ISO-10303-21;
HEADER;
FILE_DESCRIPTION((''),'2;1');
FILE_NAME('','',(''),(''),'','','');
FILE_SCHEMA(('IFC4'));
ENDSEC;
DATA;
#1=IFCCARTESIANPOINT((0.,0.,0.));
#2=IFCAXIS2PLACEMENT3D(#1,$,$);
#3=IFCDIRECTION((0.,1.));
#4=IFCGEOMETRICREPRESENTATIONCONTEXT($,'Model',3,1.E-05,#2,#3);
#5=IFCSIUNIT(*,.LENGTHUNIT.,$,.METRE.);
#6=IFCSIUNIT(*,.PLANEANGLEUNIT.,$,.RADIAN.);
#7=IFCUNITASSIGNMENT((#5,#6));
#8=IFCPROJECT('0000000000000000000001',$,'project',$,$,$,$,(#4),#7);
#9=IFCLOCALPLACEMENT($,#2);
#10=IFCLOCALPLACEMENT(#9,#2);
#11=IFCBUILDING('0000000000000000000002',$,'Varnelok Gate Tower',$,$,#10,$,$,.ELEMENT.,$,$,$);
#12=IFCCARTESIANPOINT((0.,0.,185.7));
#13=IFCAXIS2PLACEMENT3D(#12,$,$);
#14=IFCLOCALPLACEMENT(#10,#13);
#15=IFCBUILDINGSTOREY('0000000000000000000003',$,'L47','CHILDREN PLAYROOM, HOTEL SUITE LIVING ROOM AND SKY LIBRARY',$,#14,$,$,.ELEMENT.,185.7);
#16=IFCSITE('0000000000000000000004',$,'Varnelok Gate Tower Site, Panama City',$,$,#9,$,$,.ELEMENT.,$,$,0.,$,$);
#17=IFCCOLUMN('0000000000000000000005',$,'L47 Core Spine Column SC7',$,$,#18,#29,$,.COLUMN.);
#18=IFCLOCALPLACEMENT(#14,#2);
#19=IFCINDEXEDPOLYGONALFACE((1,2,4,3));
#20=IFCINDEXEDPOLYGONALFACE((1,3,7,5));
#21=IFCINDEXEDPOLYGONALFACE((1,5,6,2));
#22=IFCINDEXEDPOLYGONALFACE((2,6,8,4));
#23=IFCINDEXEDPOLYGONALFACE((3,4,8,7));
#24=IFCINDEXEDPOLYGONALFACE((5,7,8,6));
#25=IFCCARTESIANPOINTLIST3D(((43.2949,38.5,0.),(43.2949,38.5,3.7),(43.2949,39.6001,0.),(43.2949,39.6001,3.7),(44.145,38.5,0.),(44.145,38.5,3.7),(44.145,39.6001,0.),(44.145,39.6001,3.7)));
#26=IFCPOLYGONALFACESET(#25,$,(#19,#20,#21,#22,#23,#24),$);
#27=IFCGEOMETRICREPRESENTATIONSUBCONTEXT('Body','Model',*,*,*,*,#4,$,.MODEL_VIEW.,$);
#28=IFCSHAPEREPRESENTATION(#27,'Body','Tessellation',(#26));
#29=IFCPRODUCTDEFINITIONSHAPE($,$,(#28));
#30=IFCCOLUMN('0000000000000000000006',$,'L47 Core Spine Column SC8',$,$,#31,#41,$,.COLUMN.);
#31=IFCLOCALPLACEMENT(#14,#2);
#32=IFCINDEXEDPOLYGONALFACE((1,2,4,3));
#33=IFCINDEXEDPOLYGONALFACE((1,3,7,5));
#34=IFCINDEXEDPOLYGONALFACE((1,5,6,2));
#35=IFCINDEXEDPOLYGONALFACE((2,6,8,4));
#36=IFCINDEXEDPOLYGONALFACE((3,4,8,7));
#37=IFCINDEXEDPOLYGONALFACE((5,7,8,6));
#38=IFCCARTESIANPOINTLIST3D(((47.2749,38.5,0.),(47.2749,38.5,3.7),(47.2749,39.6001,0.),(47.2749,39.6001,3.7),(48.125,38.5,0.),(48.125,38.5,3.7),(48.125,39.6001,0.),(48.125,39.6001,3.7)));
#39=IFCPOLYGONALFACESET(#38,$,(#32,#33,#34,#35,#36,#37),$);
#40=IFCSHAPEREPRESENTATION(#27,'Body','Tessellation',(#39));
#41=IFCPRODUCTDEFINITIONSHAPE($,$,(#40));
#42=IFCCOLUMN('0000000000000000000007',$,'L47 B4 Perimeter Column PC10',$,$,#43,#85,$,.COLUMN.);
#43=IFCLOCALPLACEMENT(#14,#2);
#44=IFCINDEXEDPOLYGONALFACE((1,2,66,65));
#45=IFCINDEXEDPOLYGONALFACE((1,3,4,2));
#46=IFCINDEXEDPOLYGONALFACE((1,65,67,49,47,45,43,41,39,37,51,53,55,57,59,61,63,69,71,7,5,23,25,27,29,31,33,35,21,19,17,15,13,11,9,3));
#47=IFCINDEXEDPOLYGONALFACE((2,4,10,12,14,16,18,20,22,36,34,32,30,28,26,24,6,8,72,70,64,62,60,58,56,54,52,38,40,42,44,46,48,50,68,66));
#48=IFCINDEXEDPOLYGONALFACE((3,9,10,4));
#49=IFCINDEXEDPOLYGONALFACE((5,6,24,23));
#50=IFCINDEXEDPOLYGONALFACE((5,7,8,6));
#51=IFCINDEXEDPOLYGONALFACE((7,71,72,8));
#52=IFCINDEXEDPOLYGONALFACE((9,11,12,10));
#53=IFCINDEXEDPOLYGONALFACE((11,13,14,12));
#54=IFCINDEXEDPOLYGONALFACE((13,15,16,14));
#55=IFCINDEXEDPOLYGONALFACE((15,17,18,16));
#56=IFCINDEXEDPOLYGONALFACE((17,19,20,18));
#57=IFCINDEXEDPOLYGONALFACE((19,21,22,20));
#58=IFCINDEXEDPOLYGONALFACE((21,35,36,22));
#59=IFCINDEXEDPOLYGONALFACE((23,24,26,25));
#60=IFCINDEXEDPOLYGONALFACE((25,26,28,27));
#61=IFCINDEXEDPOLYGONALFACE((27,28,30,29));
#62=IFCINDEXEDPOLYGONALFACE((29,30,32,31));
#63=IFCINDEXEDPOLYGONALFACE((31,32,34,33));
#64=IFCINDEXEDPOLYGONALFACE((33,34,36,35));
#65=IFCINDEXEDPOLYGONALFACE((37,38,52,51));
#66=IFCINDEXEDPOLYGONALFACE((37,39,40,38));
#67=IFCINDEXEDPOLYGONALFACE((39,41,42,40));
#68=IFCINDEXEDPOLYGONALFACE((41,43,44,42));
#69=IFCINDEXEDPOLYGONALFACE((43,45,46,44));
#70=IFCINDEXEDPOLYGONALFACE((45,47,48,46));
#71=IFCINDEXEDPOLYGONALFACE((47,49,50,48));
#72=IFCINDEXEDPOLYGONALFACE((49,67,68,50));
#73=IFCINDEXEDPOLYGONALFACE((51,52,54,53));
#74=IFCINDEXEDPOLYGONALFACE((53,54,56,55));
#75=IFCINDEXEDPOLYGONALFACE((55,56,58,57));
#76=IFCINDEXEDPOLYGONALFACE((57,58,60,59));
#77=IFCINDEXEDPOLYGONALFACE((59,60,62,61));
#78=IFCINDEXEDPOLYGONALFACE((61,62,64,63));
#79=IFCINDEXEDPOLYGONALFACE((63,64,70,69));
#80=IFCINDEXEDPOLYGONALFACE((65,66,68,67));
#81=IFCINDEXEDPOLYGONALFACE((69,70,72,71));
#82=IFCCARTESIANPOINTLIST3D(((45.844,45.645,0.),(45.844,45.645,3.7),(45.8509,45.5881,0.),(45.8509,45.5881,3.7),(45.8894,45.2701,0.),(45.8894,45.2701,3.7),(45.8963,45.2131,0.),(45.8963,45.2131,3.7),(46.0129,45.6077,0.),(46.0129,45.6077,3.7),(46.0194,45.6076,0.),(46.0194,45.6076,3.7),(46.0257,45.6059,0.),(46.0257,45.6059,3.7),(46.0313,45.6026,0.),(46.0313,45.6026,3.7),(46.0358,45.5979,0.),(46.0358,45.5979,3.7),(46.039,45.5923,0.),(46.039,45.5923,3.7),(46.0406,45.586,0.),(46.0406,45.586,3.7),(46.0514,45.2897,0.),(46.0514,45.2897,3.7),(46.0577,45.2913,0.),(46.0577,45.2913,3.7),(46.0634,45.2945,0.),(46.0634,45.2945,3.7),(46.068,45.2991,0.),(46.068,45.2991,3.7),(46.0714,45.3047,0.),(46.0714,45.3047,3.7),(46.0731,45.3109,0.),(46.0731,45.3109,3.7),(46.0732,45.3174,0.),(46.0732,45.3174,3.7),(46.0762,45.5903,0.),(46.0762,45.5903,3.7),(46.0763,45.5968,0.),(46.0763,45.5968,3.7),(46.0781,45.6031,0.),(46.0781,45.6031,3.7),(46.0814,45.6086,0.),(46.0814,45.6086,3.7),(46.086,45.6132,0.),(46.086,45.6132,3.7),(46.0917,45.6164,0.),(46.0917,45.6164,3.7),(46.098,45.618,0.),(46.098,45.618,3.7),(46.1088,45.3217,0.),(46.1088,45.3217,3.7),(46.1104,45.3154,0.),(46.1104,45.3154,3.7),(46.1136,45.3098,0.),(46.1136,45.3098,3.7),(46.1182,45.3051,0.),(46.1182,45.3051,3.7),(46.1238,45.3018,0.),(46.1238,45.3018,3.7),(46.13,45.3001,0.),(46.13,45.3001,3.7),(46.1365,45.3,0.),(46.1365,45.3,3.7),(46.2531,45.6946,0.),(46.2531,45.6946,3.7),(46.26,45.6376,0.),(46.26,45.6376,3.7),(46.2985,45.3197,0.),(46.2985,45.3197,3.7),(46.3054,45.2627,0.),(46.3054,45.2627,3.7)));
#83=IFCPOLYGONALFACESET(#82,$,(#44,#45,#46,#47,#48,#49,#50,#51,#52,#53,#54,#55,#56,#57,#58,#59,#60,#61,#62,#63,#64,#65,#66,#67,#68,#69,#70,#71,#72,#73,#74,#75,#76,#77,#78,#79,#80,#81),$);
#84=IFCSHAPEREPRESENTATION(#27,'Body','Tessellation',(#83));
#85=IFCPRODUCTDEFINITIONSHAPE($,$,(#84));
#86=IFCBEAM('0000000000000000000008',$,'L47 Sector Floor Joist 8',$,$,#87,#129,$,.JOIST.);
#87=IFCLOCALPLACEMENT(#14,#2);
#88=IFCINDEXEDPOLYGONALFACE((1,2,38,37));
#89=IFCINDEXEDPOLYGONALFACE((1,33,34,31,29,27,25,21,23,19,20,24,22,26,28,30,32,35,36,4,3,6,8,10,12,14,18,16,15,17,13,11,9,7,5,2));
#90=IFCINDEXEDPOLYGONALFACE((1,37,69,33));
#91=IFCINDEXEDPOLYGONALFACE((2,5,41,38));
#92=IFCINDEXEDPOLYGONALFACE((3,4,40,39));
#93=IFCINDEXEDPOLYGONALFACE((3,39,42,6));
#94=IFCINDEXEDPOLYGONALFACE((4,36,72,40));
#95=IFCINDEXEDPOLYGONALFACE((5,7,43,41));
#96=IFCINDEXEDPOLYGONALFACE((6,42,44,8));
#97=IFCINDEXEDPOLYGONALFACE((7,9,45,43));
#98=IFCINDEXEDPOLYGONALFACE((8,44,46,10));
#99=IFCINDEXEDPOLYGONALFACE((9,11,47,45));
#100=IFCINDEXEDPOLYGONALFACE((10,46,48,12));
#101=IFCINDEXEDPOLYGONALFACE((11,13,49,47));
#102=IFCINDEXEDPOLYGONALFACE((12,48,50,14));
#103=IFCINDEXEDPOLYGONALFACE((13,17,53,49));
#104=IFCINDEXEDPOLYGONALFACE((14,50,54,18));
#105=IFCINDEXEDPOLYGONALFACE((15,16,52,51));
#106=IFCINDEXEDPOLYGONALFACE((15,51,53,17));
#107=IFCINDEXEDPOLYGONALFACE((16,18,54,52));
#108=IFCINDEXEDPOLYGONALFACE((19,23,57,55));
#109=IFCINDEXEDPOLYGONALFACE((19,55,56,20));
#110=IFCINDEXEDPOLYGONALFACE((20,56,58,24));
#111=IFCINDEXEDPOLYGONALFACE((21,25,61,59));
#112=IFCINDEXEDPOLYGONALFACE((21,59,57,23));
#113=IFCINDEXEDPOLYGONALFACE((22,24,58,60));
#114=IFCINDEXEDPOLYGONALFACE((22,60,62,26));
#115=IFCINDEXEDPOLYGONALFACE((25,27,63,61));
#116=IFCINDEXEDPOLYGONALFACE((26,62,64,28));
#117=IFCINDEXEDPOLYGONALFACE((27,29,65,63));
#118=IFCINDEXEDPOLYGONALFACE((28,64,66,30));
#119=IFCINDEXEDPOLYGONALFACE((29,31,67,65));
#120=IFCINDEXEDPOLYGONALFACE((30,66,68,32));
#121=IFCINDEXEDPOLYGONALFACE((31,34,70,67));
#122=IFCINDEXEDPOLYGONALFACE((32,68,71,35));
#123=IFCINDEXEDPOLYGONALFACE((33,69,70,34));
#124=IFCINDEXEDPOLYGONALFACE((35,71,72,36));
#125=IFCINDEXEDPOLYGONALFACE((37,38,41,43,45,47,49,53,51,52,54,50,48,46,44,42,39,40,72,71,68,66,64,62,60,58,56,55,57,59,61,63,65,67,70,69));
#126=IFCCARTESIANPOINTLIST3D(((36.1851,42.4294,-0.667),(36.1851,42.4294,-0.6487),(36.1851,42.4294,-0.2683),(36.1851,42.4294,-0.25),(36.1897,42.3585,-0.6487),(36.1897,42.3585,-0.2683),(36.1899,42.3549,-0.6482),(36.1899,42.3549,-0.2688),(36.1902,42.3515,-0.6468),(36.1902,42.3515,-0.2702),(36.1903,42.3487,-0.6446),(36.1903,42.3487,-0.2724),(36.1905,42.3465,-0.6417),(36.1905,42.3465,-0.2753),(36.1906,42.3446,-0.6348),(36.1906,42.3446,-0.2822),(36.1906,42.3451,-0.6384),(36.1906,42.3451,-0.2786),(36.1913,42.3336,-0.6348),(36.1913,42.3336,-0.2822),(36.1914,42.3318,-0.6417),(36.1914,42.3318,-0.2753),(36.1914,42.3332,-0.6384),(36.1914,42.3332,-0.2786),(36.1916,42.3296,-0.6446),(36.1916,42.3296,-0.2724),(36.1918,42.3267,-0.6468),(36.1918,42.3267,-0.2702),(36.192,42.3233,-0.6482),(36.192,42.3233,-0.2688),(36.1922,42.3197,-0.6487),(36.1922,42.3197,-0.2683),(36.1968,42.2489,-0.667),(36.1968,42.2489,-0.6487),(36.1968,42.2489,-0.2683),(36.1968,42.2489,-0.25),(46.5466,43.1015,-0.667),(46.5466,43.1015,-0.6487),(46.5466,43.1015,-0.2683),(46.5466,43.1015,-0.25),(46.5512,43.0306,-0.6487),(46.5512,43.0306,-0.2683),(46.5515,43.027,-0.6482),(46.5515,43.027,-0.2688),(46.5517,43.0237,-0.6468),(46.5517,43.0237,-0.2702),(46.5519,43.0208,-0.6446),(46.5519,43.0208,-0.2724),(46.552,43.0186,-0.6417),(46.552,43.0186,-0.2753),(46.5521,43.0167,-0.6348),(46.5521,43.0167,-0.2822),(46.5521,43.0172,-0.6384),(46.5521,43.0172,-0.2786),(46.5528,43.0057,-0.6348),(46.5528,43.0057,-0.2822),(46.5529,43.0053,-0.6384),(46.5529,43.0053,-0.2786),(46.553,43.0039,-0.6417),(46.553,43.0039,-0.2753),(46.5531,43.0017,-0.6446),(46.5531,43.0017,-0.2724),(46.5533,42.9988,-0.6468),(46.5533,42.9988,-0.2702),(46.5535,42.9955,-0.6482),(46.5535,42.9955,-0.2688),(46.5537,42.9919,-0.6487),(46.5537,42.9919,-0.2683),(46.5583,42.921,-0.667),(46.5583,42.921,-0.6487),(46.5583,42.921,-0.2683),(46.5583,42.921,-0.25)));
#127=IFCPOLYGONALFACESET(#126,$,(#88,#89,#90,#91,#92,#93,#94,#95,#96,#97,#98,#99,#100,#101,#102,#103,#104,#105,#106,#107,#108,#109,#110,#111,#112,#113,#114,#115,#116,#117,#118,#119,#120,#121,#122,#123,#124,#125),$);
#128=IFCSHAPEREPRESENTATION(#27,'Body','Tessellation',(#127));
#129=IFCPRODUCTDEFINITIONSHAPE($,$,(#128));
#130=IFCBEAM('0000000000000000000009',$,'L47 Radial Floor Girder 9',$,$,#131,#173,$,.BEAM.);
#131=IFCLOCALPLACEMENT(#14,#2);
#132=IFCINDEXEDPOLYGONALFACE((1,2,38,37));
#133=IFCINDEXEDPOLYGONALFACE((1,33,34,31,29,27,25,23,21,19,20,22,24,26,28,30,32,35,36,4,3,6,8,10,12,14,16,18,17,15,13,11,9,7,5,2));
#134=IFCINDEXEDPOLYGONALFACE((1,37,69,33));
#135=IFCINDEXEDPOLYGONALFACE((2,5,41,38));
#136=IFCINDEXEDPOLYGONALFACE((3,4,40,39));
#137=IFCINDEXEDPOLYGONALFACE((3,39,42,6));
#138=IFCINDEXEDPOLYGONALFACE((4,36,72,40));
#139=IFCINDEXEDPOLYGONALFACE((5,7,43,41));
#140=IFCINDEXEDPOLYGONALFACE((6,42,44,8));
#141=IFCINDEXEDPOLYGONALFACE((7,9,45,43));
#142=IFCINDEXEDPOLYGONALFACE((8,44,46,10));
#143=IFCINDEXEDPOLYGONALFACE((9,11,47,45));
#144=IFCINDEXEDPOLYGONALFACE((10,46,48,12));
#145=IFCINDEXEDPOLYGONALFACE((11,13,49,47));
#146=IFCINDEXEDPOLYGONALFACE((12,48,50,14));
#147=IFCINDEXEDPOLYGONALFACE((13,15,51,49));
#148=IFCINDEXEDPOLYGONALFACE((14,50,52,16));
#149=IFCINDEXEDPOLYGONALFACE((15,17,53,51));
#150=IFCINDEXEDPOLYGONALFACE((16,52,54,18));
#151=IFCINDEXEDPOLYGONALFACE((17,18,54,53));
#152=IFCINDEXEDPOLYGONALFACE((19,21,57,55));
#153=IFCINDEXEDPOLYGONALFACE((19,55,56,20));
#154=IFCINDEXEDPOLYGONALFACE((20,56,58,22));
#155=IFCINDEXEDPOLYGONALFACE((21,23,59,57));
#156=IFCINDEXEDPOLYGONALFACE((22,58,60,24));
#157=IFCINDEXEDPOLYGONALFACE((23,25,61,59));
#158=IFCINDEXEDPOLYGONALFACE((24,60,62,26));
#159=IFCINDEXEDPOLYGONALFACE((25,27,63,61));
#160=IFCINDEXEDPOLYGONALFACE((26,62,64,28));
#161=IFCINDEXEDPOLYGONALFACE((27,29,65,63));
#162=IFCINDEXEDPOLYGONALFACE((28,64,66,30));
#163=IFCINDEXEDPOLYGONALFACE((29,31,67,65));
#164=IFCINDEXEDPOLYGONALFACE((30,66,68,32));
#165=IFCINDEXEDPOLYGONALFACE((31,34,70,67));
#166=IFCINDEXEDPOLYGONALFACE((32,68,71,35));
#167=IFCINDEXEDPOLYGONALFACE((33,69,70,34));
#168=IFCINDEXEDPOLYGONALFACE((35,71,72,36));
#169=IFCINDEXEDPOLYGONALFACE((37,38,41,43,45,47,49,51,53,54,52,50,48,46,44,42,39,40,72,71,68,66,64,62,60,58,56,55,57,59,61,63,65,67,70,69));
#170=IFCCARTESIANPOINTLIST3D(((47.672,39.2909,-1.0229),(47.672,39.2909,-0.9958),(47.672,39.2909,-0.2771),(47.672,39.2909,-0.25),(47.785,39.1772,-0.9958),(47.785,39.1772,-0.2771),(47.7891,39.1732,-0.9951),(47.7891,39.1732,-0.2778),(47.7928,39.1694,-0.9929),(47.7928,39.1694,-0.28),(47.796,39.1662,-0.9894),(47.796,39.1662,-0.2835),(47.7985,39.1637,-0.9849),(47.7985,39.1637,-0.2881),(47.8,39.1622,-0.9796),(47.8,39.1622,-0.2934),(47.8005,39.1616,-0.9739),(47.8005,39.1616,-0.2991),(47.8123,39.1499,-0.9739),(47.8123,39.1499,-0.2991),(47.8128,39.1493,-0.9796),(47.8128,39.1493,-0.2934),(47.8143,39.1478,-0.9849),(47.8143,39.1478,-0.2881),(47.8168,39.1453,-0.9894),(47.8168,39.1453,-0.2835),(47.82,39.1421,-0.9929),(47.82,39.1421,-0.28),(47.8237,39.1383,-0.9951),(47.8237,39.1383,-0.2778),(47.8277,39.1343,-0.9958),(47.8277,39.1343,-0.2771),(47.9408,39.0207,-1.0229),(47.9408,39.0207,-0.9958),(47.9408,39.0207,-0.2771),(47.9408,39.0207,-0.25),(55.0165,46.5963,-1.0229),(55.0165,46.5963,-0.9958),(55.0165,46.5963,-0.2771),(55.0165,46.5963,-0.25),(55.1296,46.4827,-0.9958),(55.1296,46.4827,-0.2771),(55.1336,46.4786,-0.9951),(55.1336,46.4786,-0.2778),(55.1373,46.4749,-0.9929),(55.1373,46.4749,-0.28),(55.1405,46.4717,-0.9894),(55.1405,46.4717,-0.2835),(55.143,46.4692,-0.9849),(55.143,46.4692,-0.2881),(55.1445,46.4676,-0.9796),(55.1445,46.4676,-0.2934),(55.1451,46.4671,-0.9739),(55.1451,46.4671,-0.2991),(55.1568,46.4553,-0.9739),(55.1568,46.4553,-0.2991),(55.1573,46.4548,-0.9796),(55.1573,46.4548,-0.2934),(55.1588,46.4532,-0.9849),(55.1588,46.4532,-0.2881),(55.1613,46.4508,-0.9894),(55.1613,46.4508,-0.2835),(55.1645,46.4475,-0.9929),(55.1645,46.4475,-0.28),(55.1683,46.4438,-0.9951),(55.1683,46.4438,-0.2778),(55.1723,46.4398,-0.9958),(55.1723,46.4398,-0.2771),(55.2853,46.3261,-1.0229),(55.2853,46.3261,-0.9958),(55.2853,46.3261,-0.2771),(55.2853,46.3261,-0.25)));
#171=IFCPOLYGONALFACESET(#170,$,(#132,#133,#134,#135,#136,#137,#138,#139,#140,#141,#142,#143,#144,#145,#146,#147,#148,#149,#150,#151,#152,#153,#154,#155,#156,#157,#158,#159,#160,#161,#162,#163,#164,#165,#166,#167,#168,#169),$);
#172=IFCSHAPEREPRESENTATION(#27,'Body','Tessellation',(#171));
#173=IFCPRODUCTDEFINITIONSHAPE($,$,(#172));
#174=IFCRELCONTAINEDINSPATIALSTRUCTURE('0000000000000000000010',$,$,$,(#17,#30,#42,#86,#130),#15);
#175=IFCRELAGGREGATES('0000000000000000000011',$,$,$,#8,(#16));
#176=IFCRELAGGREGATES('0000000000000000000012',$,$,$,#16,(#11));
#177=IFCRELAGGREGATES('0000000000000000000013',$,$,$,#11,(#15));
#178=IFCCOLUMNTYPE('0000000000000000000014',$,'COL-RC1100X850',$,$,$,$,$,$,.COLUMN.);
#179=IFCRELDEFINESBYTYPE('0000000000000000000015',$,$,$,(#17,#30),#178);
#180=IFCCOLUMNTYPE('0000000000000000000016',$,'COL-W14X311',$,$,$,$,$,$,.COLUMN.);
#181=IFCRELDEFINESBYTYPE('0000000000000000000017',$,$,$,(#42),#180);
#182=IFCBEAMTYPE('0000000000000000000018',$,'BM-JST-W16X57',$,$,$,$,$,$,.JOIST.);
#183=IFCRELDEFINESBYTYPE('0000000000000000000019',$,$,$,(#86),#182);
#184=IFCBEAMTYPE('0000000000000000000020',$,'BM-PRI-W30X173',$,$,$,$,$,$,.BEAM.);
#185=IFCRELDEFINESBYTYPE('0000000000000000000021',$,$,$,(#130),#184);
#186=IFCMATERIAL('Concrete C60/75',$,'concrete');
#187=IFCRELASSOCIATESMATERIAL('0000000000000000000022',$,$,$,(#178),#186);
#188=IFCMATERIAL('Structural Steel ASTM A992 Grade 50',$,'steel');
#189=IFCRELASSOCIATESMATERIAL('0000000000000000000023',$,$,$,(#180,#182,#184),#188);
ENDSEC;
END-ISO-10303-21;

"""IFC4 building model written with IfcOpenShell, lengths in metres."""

from ifc_helpers import new_model, si_unit, direction, frame, origin, origin_2d, place, context, subcontext, project, spatial, rectangle, i_section, extrude, material, material_profile, profile_set, type_object, element, save


model = new_model("IFC4")

# Units and contexts
model_context = context("Model", 3, precision=1e-05, world=origin(), true_north=direction((0.0, 1.0)))
body_context = subcontext(model_context, "Body", "Model", "MODEL_VIEW")
ifc_project = project(units=[si_unit("LENGTHUNIT", "METRE"), si_unit("PLANEANGLEUNIT", "RADIAN")], contexts=[model_context])

# Site, building, storey
site_placement = place(None, origin())
site = spatial("IfcSite", under=ifc_project, at=site_placement, Name="Varnelok Gate Tower Site, Panama City", CompositionType="ELEMENT", RefElevation=0.0)
building_placement = place(site_placement, origin())
building = spatial("IfcBuilding", under=site, at=building_placement, Name="Varnelok Gate Tower", CompositionType="ELEMENT")
storey_placement = place(building_placement, frame((0.0, 0.0, 185.7)))
storey = spatial("IfcBuildingStorey", under=building, at=storey_placement, Name="L47", Description="CHILDREN PLAYROOM, HOTEL SUITE LIVING ROOM AND SKY LIBRARY", CompositionType="ELEMENT", Elevation=185.7)

# Columns
ifc_material_1 = material(Name="Concrete C60/75", Category="concrete")
ifc_material_profile_1 = material_profile(ifc_material_1, rectangle(XDim=0.8501, YDim=1.1001, at=origin_2d()), Name="RC1100X850")
ifc_profile_set_1 = profile_set([ifc_material_profile_1], Name="Concrete C60/75")
column_type_1 = type_object("IfcColumnType", Name="COL-RC1100X850", PredefinedType="COLUMN", material=ifc_profile_set_1)
for number, where, z_axis, x_axis, name in (
    (1, (43.72, 39.05, 0.0), (0.0, 0.0, 1.0), (1.0, 0.0, 0.0), "L47 Core Spine Column SC7"),
    (2, (47.7, 39.05, 0.0), (0.0, 0.0, 1.0), (1.0, 0.0, 0.0), "L47 Core Spine Column SC8"),
):
    element("IfcColumn", number, at=place(storey_placement, frame(where, z_axis=z_axis, x_axis=x_axis)), inside=storey, type_object=column_type_1, Name=name, PredefinedType="COLUMN", context=body_context, shape_type="SweptSolid", body=[
        extrude(rectangle(XDim=0.8501, YDim=1.1001, at=origin_2d()), origin(), (0.0, 0.0, 1.0), 3.7),
    ])
ifc_material_2 = material(Name="Structural Steel ASTM A992 Grade 50", Category="steel")
ifc_material_profile_2 = material_profile(ifc_material_2, i_section(OverallWidth=0.4121, OverallDepth=0.4351, WebThickness=0.0359, FlangeThickness=0.0574, FilletRadius=0.0249, at=origin_2d()), Name="W14X311")
ifc_profile_set_2 = profile_set([ifc_material_profile_2], Name="Structural Steel ASTM A992 Grade 50")
column_type_2 = type_object("IfcColumnType", Name="COL-W14X311", PredefinedType="COLUMN", material=ifc_profile_set_2)
column_placement = place(storey_placement, frame((46.0747, 45.4539, 0.0), z_axis=(0.0, 0.0, 1.0), x_axis=(0.992732, 0.120345, 0.0)))
element("IfcColumn", 3, at=column_placement, inside=storey, type_object=column_type_2, Name="L47 B4 Perimeter Column PC10", PredefinedType="COLUMN", context=body_context, shape_type="SweptSolid", body=[
    extrude(i_section(OverallWidth=0.4121, OverallDepth=0.4351, WebThickness=0.0359, FlangeThickness=0.0574, FilletRadius=0.0249, at=origin_2d()), origin(), (0.0, 0.0, 1.0), 3.7),
])

# Beams
ifc_material_profile_3 = material_profile(ifc_material_2, i_section(OverallWidth=0.1809, OverallDepth=0.417, WebThickness=0.011, FlangeThickness=0.0183, FilletRadius=0.0139, at=origin_2d()), Name="W16X57")
ifc_profile_set_3 = profile_set([ifc_material_profile_3], Name="Structural Steel ASTM A992 Grade 50")
beam_type_1 = type_object("IfcBeamType", Name="BM-JST-W16X57", PredefinedType="JOIST", material=ifc_profile_set_3)
beam_1_placement = place(storey_placement, frame((46.5525, 43.0112, -0.4585), z_axis=(-0.997903, -0.06473, 0.0), x_axis=(0.06473, -0.997903, 0.0)))
element("IfcBeam", 4, at=beam_1_placement, inside=storey, type_object=beam_type_1, Name="L47 Sector Floor Joist 8", PredefinedType="JOIST", context=body_context, shape_type="SweptSolid", body=[
    extrude(i_section(OverallWidth=0.1809, OverallDepth=0.417, WebThickness=0.011, FlangeThickness=0.0183, FilletRadius=0.0139, at=origin_2d()), origin(), (0.0, 0.0, 1.0), 10.3833),
])
ifc_material_profile_4 = material_profile(ifc_material_2, i_section(OverallWidth=0.3811, OverallDepth=0.7729, WebThickness=0.0166, FlangeThickness=0.0271, FilletRadius=0.022, at=origin_2d()), Name="W30X173")
ifc_profile_set_4 = profile_set([ifc_material_profile_4], Name="Structural Steel ASTM A992 Grade 50")
beam_type_2 = type_object("IfcBeamType", Name="BM-PRI-W30X173", PredefinedType="BEAM", material=ifc_profile_set_4)
beam_2_placement = place(storey_placement, frame((47.8064, 39.1558, -0.6365), z_axis=(0.70899, 0.705219, 0.0), x_axis=(-0.705219, 0.70899, 0.0)))
element("IfcBeam", 5, at=beam_2_placement, inside=storey, type_object=beam_type_2, Name="L47 Radial Floor Girder 9", PredefinedType="BEAM", context=body_context, shape_type="SweptSolid", body=[
    extrude(i_section(OverallWidth=0.3811, OverallDepth=0.7729, WebThickness=0.0166, FlangeThickness=0.0271, FilletRadius=0.022, at=origin_2d()), origin(), (0.0, 0.0, 1.0), 10.3591),
])

save(model, "model.ifc")
